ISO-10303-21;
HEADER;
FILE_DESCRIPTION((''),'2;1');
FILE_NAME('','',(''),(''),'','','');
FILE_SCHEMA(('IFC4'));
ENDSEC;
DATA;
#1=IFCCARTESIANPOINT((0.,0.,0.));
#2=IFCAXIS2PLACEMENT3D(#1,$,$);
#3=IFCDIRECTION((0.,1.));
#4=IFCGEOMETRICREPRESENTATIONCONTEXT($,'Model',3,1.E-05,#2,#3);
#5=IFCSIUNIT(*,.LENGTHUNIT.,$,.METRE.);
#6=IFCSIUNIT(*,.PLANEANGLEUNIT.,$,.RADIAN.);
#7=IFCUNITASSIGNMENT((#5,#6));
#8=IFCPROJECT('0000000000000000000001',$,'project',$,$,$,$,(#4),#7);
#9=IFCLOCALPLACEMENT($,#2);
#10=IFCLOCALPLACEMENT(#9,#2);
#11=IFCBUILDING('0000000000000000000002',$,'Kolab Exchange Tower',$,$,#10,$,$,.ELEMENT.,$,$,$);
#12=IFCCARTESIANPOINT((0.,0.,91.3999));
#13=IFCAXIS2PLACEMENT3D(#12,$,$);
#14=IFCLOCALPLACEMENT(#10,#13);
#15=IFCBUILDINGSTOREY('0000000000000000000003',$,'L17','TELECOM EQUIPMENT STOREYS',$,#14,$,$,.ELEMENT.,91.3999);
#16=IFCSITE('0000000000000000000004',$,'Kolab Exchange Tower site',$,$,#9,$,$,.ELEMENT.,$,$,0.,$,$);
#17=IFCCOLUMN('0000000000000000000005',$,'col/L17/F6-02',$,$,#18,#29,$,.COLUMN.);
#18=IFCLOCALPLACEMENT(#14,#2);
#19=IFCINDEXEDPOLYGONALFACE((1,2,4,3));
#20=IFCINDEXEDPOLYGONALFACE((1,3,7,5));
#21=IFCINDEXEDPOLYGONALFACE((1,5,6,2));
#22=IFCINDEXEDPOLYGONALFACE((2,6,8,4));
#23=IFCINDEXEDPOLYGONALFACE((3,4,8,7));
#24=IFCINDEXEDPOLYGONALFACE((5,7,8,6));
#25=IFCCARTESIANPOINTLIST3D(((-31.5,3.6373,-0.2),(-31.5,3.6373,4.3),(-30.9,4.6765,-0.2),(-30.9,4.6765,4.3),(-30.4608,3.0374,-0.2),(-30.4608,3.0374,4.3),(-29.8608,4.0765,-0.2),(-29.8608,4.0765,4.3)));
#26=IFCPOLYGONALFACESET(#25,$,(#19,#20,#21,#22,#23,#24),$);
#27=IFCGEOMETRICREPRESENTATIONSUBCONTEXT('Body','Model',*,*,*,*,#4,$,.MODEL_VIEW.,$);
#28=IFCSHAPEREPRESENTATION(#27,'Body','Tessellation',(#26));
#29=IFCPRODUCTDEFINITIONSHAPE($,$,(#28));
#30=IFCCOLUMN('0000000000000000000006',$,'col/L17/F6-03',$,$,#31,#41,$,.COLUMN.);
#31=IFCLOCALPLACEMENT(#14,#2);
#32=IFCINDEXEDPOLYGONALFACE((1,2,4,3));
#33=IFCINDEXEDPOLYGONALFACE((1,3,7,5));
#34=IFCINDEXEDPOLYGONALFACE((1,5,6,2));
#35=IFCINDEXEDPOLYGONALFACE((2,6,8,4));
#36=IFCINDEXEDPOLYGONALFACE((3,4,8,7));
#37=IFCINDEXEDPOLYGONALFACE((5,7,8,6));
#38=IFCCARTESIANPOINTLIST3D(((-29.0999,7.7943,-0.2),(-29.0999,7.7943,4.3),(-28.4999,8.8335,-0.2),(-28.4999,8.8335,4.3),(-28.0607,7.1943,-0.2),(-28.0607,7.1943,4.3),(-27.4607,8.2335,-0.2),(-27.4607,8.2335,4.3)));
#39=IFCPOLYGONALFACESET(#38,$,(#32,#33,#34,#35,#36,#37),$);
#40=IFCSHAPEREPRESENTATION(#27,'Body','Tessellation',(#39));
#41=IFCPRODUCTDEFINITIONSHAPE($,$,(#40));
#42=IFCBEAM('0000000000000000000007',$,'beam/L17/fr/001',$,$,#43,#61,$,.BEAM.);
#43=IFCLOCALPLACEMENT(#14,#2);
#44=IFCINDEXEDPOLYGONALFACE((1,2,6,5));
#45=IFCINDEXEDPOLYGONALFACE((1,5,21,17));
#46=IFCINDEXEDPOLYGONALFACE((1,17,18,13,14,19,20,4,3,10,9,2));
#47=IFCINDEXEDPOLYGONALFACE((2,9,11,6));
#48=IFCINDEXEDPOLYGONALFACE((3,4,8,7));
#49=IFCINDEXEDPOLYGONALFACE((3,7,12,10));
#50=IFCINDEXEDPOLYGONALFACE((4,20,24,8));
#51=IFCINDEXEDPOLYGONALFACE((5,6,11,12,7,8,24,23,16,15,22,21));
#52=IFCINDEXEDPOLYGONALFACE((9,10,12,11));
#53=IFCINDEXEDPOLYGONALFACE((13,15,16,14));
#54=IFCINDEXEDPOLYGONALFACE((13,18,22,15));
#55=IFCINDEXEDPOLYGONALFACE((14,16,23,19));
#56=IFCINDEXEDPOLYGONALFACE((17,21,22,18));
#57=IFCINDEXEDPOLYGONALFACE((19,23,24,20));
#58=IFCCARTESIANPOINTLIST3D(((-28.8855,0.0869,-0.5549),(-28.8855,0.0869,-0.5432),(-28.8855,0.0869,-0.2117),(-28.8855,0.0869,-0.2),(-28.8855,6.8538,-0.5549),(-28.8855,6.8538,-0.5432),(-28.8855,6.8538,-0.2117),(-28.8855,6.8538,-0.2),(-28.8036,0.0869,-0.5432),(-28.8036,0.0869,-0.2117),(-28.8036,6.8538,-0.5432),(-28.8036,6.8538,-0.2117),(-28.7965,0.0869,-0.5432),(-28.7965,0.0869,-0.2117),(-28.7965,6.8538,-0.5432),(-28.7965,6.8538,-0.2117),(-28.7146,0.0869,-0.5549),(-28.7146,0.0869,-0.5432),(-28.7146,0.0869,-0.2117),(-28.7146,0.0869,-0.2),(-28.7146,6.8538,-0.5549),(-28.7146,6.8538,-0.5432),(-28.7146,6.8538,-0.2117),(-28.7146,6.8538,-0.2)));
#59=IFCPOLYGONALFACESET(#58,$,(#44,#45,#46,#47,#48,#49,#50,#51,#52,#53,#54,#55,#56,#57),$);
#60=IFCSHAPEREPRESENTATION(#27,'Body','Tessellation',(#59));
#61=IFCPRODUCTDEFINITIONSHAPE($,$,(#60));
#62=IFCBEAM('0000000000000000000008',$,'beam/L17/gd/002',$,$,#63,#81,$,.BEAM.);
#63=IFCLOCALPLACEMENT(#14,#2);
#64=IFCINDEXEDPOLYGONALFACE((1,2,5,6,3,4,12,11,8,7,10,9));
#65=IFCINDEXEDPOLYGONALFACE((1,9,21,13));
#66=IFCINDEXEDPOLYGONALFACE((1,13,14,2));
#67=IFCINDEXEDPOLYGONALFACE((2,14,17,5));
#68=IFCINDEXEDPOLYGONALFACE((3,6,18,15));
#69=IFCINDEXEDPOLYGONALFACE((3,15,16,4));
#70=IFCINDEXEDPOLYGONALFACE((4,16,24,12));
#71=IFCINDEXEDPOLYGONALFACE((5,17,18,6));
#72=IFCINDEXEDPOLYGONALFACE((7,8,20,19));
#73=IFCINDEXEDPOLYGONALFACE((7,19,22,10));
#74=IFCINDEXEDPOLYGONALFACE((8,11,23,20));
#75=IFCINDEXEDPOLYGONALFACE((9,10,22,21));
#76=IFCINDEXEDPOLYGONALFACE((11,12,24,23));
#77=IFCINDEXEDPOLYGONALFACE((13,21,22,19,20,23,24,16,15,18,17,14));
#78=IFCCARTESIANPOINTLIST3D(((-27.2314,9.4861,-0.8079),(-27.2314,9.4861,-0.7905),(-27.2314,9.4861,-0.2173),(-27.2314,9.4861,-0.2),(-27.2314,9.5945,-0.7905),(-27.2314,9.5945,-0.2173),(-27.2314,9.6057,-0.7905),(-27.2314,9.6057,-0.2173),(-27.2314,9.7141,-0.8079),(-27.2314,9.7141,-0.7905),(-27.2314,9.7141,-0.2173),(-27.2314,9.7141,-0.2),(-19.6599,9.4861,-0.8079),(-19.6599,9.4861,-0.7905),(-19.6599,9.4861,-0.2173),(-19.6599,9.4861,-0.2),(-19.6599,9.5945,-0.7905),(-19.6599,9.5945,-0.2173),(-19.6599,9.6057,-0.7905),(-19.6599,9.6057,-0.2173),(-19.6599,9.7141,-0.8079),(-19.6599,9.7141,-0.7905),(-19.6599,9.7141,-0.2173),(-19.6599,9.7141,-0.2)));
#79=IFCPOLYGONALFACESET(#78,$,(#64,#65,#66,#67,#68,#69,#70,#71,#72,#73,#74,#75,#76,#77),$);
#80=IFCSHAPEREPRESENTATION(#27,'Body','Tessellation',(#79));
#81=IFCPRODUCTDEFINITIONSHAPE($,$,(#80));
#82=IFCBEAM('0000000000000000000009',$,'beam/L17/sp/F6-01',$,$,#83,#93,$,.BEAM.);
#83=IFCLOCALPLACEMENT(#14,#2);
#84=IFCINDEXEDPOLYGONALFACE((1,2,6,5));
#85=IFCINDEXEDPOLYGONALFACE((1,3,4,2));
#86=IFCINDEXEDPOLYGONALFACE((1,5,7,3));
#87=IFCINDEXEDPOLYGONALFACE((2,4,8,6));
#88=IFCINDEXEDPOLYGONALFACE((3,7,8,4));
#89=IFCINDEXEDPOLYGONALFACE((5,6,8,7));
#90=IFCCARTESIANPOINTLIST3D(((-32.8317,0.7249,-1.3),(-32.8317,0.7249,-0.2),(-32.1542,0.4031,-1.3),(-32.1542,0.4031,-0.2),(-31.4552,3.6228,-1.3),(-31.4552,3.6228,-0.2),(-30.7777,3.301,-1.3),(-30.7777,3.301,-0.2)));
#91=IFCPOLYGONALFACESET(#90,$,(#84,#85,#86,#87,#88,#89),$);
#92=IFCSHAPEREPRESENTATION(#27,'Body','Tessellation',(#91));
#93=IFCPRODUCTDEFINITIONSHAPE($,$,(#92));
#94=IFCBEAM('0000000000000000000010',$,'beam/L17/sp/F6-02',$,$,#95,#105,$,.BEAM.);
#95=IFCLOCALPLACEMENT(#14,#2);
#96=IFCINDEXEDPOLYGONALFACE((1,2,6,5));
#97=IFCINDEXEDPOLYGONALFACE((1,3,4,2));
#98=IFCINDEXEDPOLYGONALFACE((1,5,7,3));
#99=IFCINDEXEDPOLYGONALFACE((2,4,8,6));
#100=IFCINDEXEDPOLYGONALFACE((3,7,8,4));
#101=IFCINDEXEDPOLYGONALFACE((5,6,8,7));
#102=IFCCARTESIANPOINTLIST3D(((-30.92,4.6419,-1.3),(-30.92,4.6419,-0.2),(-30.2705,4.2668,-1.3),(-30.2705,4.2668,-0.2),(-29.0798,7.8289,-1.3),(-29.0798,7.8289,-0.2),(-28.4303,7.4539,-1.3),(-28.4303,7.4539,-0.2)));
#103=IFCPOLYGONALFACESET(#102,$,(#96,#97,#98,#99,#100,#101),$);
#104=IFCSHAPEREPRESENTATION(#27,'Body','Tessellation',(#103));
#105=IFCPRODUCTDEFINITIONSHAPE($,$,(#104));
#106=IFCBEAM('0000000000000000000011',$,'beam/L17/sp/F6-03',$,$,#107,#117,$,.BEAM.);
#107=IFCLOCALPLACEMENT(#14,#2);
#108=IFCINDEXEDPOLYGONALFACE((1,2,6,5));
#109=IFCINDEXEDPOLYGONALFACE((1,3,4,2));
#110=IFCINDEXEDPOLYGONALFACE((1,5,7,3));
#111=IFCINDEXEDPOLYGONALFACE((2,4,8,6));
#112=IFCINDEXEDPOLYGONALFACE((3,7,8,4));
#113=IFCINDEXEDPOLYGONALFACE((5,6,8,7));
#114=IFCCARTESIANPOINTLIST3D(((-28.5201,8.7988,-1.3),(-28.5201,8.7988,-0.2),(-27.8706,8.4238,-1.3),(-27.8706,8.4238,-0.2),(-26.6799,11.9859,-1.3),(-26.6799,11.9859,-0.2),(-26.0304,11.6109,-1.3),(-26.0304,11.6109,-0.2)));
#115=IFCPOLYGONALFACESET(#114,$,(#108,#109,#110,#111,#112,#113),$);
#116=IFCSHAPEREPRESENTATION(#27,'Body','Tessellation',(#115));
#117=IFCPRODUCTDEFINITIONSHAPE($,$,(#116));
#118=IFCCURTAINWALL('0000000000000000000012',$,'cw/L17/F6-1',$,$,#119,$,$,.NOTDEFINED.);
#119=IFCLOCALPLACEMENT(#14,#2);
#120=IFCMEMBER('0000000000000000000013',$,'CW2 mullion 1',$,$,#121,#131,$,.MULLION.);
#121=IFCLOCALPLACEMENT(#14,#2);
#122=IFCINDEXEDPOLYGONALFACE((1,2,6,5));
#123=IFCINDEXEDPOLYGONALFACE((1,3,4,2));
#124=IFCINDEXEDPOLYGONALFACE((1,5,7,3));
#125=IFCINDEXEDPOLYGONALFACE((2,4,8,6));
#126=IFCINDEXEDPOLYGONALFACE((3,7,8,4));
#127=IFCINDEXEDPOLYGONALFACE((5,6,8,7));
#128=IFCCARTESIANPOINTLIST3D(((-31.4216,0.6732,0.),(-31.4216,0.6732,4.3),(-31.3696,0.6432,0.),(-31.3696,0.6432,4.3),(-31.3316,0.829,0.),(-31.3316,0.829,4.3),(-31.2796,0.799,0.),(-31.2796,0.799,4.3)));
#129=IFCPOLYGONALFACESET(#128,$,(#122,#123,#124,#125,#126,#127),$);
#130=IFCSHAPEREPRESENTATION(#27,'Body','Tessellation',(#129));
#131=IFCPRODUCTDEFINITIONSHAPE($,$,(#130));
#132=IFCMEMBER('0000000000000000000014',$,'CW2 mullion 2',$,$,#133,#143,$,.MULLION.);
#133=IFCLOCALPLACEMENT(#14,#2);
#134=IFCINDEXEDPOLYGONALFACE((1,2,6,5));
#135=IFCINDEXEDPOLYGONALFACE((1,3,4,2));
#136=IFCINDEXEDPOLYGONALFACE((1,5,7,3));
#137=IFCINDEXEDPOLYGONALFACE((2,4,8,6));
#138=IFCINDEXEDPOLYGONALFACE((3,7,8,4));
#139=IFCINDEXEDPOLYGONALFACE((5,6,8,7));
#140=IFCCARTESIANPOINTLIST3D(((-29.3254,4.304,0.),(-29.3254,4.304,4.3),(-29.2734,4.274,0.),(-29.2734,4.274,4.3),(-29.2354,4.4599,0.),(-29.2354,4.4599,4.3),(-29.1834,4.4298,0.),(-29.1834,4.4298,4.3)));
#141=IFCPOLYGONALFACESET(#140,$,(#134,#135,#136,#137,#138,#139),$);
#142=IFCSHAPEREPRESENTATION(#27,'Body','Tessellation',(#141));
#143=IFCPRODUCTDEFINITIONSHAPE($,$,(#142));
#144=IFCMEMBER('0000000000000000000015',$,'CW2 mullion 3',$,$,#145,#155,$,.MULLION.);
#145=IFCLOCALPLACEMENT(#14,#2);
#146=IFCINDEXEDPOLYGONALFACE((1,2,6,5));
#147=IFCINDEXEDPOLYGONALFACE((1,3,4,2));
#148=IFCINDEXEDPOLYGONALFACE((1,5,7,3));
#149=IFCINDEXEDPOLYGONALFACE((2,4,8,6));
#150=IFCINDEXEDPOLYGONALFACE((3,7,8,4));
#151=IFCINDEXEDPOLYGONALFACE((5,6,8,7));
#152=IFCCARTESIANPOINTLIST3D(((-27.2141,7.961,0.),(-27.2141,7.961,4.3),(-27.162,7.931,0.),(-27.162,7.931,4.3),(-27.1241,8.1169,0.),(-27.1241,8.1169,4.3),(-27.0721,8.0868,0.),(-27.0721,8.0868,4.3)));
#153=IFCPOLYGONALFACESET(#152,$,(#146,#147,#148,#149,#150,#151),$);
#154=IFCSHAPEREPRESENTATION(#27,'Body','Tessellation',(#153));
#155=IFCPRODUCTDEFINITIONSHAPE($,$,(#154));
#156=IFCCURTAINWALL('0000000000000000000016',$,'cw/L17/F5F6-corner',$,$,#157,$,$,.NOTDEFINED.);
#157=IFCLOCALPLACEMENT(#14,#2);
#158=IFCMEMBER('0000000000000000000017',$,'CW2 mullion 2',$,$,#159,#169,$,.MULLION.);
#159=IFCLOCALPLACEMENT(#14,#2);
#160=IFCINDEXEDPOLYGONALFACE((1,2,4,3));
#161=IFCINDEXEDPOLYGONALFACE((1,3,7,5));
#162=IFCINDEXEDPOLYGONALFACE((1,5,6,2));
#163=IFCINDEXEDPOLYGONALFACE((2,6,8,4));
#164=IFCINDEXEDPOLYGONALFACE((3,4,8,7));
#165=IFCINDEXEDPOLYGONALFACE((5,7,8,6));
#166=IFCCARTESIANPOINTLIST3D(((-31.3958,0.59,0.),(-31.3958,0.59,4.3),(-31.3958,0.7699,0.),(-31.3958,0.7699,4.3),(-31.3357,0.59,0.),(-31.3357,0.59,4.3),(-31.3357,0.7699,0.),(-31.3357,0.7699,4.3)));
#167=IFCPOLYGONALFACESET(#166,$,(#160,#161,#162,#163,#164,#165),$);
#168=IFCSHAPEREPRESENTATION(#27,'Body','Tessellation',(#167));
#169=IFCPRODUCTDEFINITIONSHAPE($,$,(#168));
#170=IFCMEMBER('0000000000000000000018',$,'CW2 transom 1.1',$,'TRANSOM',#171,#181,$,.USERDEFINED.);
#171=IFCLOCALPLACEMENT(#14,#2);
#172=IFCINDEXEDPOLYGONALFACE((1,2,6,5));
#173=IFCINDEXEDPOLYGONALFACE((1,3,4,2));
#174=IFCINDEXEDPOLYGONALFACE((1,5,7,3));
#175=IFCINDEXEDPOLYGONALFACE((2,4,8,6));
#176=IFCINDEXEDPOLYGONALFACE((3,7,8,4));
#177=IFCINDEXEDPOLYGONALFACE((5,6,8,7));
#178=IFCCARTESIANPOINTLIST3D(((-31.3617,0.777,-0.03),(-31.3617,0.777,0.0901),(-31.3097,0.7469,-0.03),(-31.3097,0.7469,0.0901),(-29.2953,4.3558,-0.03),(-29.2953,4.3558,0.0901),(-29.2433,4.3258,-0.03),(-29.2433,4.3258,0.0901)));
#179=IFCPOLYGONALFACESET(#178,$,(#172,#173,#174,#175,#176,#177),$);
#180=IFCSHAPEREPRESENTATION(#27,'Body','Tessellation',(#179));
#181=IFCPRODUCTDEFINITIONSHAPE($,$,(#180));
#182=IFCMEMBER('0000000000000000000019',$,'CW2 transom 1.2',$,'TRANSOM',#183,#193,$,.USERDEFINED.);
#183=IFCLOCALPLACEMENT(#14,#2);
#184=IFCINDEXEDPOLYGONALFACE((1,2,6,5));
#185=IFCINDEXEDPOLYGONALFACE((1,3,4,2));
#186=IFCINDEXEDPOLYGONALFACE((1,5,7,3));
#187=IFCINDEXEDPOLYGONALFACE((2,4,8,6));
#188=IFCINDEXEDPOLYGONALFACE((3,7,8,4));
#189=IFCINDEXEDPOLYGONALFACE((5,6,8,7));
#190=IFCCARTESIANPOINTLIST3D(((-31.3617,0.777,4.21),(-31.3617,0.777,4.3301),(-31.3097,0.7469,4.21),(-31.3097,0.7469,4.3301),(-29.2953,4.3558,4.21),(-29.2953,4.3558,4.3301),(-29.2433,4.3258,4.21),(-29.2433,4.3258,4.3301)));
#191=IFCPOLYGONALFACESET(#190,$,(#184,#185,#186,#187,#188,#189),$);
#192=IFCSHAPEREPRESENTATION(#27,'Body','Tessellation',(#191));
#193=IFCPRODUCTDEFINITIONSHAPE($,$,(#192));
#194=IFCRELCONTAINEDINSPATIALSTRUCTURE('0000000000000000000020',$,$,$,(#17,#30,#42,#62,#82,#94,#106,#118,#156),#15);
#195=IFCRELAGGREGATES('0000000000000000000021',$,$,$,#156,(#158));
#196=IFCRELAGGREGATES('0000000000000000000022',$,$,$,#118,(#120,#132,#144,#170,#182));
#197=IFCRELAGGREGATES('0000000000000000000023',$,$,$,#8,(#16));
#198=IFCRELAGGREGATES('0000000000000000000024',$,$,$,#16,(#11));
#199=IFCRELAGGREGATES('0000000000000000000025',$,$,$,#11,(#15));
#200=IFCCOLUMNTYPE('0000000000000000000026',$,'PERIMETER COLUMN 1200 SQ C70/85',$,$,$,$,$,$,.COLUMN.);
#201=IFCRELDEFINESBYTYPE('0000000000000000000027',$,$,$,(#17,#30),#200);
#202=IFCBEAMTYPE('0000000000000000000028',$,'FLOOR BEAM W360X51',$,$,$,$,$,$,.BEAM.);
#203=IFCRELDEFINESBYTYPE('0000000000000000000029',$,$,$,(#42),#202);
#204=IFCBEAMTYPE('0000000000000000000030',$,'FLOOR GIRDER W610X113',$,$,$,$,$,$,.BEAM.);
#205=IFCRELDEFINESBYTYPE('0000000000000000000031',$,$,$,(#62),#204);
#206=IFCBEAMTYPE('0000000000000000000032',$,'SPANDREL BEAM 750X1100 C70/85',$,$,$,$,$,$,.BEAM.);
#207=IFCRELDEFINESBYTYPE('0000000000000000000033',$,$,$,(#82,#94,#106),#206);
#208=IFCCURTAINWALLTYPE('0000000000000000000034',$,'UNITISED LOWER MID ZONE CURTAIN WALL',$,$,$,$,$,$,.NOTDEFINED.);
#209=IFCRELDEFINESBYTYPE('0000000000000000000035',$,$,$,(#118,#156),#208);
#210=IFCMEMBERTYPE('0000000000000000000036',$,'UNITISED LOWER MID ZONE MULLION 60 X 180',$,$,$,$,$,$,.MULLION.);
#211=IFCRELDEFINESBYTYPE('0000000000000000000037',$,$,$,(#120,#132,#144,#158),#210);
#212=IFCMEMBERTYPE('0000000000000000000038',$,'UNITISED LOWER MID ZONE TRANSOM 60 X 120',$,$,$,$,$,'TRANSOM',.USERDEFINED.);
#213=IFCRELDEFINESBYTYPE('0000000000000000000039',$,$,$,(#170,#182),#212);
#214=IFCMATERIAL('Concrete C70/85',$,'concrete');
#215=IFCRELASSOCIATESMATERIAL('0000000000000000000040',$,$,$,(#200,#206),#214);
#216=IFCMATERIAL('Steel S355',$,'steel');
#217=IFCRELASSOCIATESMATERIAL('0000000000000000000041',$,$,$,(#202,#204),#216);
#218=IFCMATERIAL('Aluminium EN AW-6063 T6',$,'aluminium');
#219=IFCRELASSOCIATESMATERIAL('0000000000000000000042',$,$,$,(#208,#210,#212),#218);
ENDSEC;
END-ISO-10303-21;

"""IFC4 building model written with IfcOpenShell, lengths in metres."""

from ifc_helpers import new_model, si_unit, direction, frame, origin, origin_2d, place, context, subcontext, project, spatial, rectangle, i_section, extrude, material, material_profile, profile_set, type_object, element, aggregate, save


model = new_model("IFC4")

# Units and contexts
model_context = context("Model", 3, precision=1e-05, world=origin(), true_north=direction((0.0, 1.0)))
body_context = subcontext(model_context, "Body", "Model", "MODEL_VIEW")
ifc_project = project(units=[si_unit("LENGTHUNIT", "METRE"), si_unit("PLANEANGLEUNIT", "RADIAN")], contexts=[model_context])

# Site, building, storey
site_placement = place(None, origin())
site = spatial("IfcSite", under=ifc_project, at=site_placement, Name="Kolab Exchange Tower site", CompositionType="ELEMENT", RefElevation=0.0)
building_placement = place(site_placement, origin())
building = spatial("IfcBuilding", under=site, at=building_placement, Name="Kolab Exchange Tower", CompositionType="ELEMENT")
storey_placement = place(building_placement, frame((0.0, 0.0, 91.3999)))
storey = spatial("IfcBuildingStorey", under=building, at=storey_placement, Name="L17", Description="TELECOM EQUIPMENT STOREYS", CompositionType="ELEMENT", Elevation=91.3999)

# Columns
ifc_material_1 = material(Name="Concrete C70/85", Category="concrete")
ifc_material_profile_1 = material_profile(ifc_material_1, rectangle(XDim=1.2, YDim=1.2, at=origin_2d()), Name="RC1200")
ifc_profile_set_1 = profile_set([ifc_material_profile_1], Name="Concrete C70/85")
column_type = type_object("IfcColumnType", Name="PERIMETER COLUMN 1200 SQ C70/85", PredefinedType="COLUMN", material=ifc_profile_set_1)
for number, where, z_axis, x_axis, name in (
    (1, (-30.6804, 3.8569, -0.2), (0.0, 0.0, 1.0), (0.5, 0.866025, 0.0), "col/L17/F6-02"),
    (2, (-28.2803, 8.0139, -0.2), (0.0, 0.0, 1.0), (0.5, 0.866025, 0.0), "col/L17/F6-03"),
):
    element("IfcColumn", number, at=place(storey_placement, frame(where, z_axis=z_axis, x_axis=x_axis)), inside=storey, type_object=column_type, Name=name, PredefinedType="COLUMN", context=body_context, shape_type="SweptSolid", body=[
        extrude(rectangle(XDim=1.2, YDim=1.2, at=origin_2d()), origin(), (0.0, 0.0, 1.0), 4.5),
    ])

# Beams
ifc_material_2 = material(Name="Steel S355", Category="steel")
ifc_material_profile_2 = material_profile(ifc_material_2, i_section(OverallWidth=0.1709, OverallDepth=0.355, WebThickness=0.0071, FlangeThickness=0.0117, at=origin_2d()), Name="W360X51")
ifc_profile_set_2 = profile_set([ifc_material_profile_2], Name="Steel S355")
beam_type_1 = type_object("IfcBeamType", Name="FLOOR BEAM W360X51", PredefinedType="BEAM", material=ifc_profile_set_2)
beam_1_placement = place(storey_placement, frame((-28.8, 0.0869, -0.3774), z_axis=(0.0, 1.0, 0.0), x_axis=(-1.0, 0.0, 0.0)))
element("IfcBeam", 3, at=beam_1_placement, inside=storey, type_object=beam_type_1, Name="beam/L17/fr/001", PredefinedType="BEAM", context=body_context, shape_type="SweptSolid", body=[
    extrude(i_section(OverallWidth=0.1709, OverallDepth=0.355, WebThickness=0.0071, FlangeThickness=0.0117, at=origin_2d()), origin(), (0.0, 0.0, 1.0), 6.7668),
])
ifc_material_profile_3 = material_profile(ifc_material_2, i_section(OverallWidth=0.228, OverallDepth=0.6079, WebThickness=0.0112, FlangeThickness=0.0173, at=origin_2d()), Name="W610X113")
ifc_profile_set_3 = profile_set([ifc_material_profile_3], Name="Steel S355")
beam_type_2 = type_object("IfcBeamType", Name="FLOOR GIRDER W610X113", PredefinedType="BEAM", material=ifc_profile_set_3)
beam_2_placement = place(storey_placement, frame((-27.2314, 9.6001, -0.5039), z_axis=(1.0, 0.0, 0.0), x_axis=(0.0, 1.0, 0.0)))
element("IfcBeam", 4, at=beam_2_placement, inside=storey, type_object=beam_type_2, Name="beam/L17/gd/002", PredefinedType="BEAM", context=body_context, shape_type="SweptSolid", body=[
    extrude(i_section(OverallWidth=0.228, OverallDepth=0.6079, WebThickness=0.0112, FlangeThickness=0.0173, at=origin_2d()), origin(), (0.0, 0.0, 1.0), 7.5715),
])
ifc_material_profile_4 = material_profile(ifc_material_1, rectangle(XDim=0.75, YDim=1.1001, at=origin_2d()), Name="RC750X1100")
ifc_profile_set_4 = profile_set([ifc_material_profile_4], Name="Concrete C70/85")
beam_type_3 = type_object("IfcBeamType", Name="SPANDREL BEAM 750X1100 C70/85", PredefinedType="BEAM", material=ifc_profile_set_4)
beam_3_placement = place(storey_placement, frame((-32.4929, 0.564, -0.75), z_axis=(0.429041, 0.903285, 0.0), x_axis=(-0.903285, 0.429041, 0.0)))
element("IfcBeam", 5, at=beam_3_placement, inside=storey, type_object=beam_type_3, Name="beam/L17/sp/F6-01", PredefinedType="BEAM", context=body_context, shape_type="SweptSolid", body=[
    extrude(rectangle(XDim=0.75, YDim=1.1001, at=origin_2d()), origin(), (0.0, 0.0, 1.0), 3.2083),
])
for number, where, z_axis, x_axis, name in (
    (6, (-30.5952, 4.4543, -0.75), (0.500013, 0.866018, 0.0), (-0.866018, 0.500013, 0.0), "beam/L17/sp/F6-02"),
    (7, (-28.1953, 8.6113, -0.75), (0.500013, 0.866018, 0.0), (-0.866018, 0.500013, 0.0), "beam/L17/sp/F6-03"),
):
    element("IfcBeam", number, at=place(storey_placement, frame(where, z_axis=z_axis, x_axis=x_axis)), inside=storey, type_object=beam_type_3, Name=name, PredefinedType="BEAM", context=body_context, shape_type="SweptSolid", body=[
        extrude(rectangle(XDim=0.75, YDim=1.1001, at=origin_2d()), origin(), (0.0, 0.0, 1.0), 3.6802),
    ])

# Curtain wall, members
ifc_material_3 = material(Name="Aluminium EN AW-6063 T6", Category="aluminium")
curtain_wall_type = type_object("IfcCurtainWallType", Name="UNITISED LOWER MID ZONE CURTAIN WALL", PredefinedType="NOTDEFINED", material=ifc_material_3)
curtain_wall_1_placement = place(storey_placement, origin())
curtain_wall_1 = element("IfcCurtainWall", 8, at=curtain_wall_1_placement, inside=storey, type_object=curtain_wall_type, Name="cw/L17/F6-1", PredefinedType="NOTDEFINED")
ifc_material_profile_5 = material_profile(ifc_material_3, rectangle(XDim=0.0601, YDim=0.1799, at=origin_2d()), Name="RECT 60X180")
ifc_profile_set_5 = profile_set([ifc_material_profile_5], Name="Aluminium EN AW-6063 T6")
member_type_1 = type_object("IfcMemberType", Name="UNITISED LOWER MID ZONE MULLION 60 X 180", PredefinedType="MULLION", material=ifc_profile_set_5)
member_1_placement = place(storey_placement, frame((-31.3506, 0.7361, 0.0), z_axis=(0.0, 0.0, 1.0), x_axis=(-0.866025, 0.5, 0.0)))
member_1 = element("IfcMember", 9, at=member_1_placement, type_object=member_type_1, Name="CW2 mullion 1", PredefinedType="MULLION", context=body_context, shape_type="SweptSolid", body=[
    extrude(rectangle(XDim=0.0601, YDim=0.1799, at=origin_2d()), origin(), (0.0, 0.0, 1.0), 4.3),
])
member_2_placement = place(storey_placement, frame((-29.2544, 4.3669, 0.0), z_axis=(0.0, 0.0, 1.0), x_axis=(-0.866025, 0.5, 0.0)))
member_2 = element("IfcMember", 10, at=member_2_placement, type_object=member_type_1, Name="CW2 mullion 2", PredefinedType="MULLION", context=body_context, shape_type="SweptSolid", body=[
    extrude(rectangle(XDim=0.0601, YDim=0.1799, at=origin_2d()), origin(), (0.0, 0.0, 1.0), 4.3),
])
member_3_placement = place(storey_placement, frame((-27.1431, 8.0239, 0.0), z_axis=(0.0, 0.0, 1.0), x_axis=(-0.866025, 0.5, 0.0)))
member_3 = element("IfcMember", 11, at=member_3_placement, type_object=member_type_1, Name="CW2 mullion 3", PredefinedType="MULLION", context=body_context, shape_type="SweptSolid", body=[
    extrude(rectangle(XDim=0.0601, YDim=0.1799, at=origin_2d()), origin(), (0.0, 0.0, 1.0), 4.3),
])

# Curtain wall, member
curtain_wall_2_placement = place(storey_placement, origin())
curtain_wall_2 = element("IfcCurtainWall", 12, at=curtain_wall_2_placement, inside=storey, type_object=curtain_wall_type, Name="cw/L17/F5F6-corner", PredefinedType="NOTDEFINED")
member_4_placement = place(storey_placement, frame((-31.3657, 0.6799, 0.0), z_axis=(0.0, 0.0, 1.0), x_axis=(-1.0, 0.0, 0.0)))
member_4 = element("IfcMember", 13, at=member_4_placement, type_object=member_type_1, Name="CW2 mullion 2", PredefinedType="MULLION", context=body_context, shape_type="SweptSolid", body=[
    extrude(rectangle(XDim=0.0601, YDim=0.1799, at=origin_2d()), origin(), (0.0, 0.0, 1.0), 4.3),
])
aggregate(curtain_wall_2, [member_4])

# Members
ifc_material_profile_6 = material_profile(ifc_material_3, rectangle(XDim=0.0601, YDim=0.1201, at=origin_2d()), Name="RECT 60X120")
ifc_profile_set_6 = profile_set([ifc_material_profile_6], Name="Aluminium EN AW-6063 T6")
member_type_2 = type_object("IfcMemberType", Name="UNITISED LOWER MID ZONE TRANSOM 60 X 120", ElementType="TRANSOM", PredefinedType="USERDEFINED", material=ifc_profile_set_6)
member_5_placement = place(storey_placement, frame((-31.3357, 0.762, 0.03), z_axis=(0.500028, 0.866009, 0.0), x_axis=(-0.866009, 0.500028, 0.0)))
member_5 = element("IfcMember", 14, at=member_5_placement, type_object=member_type_2, Name="CW2 transom 1.1", ObjectType="TRANSOM", PredefinedType="USERDEFINED", context=body_context, shape_type="SweptSolid", body=[
    extrude(rectangle(XDim=0.0601, YDim=0.1201, at=origin_2d()), origin(), (0.0, 0.0, 1.0), 4.1326),
])
member_6_placement = place(storey_placement, frame((-31.3357, 0.762, 4.27), z_axis=(0.500028, 0.866009, 0.0), x_axis=(-0.866009, 0.500028, 0.0)))
member_6 = element("IfcMember", 15, at=member_6_placement, type_object=member_type_2, Name="CW2 transom 1.2", ObjectType="TRANSOM", PredefinedType="USERDEFINED", context=body_context, shape_type="SweptSolid", body=[
    extrude(rectangle(XDim=0.0601, YDim=0.1201, at=origin_2d()), origin(), (0.0, 0.0, 1.0), 4.1326),
])

aggregate(curtain_wall_1, [member_1, member_2, member_3, member_5, member_6])

save(model, "model.ifc")
